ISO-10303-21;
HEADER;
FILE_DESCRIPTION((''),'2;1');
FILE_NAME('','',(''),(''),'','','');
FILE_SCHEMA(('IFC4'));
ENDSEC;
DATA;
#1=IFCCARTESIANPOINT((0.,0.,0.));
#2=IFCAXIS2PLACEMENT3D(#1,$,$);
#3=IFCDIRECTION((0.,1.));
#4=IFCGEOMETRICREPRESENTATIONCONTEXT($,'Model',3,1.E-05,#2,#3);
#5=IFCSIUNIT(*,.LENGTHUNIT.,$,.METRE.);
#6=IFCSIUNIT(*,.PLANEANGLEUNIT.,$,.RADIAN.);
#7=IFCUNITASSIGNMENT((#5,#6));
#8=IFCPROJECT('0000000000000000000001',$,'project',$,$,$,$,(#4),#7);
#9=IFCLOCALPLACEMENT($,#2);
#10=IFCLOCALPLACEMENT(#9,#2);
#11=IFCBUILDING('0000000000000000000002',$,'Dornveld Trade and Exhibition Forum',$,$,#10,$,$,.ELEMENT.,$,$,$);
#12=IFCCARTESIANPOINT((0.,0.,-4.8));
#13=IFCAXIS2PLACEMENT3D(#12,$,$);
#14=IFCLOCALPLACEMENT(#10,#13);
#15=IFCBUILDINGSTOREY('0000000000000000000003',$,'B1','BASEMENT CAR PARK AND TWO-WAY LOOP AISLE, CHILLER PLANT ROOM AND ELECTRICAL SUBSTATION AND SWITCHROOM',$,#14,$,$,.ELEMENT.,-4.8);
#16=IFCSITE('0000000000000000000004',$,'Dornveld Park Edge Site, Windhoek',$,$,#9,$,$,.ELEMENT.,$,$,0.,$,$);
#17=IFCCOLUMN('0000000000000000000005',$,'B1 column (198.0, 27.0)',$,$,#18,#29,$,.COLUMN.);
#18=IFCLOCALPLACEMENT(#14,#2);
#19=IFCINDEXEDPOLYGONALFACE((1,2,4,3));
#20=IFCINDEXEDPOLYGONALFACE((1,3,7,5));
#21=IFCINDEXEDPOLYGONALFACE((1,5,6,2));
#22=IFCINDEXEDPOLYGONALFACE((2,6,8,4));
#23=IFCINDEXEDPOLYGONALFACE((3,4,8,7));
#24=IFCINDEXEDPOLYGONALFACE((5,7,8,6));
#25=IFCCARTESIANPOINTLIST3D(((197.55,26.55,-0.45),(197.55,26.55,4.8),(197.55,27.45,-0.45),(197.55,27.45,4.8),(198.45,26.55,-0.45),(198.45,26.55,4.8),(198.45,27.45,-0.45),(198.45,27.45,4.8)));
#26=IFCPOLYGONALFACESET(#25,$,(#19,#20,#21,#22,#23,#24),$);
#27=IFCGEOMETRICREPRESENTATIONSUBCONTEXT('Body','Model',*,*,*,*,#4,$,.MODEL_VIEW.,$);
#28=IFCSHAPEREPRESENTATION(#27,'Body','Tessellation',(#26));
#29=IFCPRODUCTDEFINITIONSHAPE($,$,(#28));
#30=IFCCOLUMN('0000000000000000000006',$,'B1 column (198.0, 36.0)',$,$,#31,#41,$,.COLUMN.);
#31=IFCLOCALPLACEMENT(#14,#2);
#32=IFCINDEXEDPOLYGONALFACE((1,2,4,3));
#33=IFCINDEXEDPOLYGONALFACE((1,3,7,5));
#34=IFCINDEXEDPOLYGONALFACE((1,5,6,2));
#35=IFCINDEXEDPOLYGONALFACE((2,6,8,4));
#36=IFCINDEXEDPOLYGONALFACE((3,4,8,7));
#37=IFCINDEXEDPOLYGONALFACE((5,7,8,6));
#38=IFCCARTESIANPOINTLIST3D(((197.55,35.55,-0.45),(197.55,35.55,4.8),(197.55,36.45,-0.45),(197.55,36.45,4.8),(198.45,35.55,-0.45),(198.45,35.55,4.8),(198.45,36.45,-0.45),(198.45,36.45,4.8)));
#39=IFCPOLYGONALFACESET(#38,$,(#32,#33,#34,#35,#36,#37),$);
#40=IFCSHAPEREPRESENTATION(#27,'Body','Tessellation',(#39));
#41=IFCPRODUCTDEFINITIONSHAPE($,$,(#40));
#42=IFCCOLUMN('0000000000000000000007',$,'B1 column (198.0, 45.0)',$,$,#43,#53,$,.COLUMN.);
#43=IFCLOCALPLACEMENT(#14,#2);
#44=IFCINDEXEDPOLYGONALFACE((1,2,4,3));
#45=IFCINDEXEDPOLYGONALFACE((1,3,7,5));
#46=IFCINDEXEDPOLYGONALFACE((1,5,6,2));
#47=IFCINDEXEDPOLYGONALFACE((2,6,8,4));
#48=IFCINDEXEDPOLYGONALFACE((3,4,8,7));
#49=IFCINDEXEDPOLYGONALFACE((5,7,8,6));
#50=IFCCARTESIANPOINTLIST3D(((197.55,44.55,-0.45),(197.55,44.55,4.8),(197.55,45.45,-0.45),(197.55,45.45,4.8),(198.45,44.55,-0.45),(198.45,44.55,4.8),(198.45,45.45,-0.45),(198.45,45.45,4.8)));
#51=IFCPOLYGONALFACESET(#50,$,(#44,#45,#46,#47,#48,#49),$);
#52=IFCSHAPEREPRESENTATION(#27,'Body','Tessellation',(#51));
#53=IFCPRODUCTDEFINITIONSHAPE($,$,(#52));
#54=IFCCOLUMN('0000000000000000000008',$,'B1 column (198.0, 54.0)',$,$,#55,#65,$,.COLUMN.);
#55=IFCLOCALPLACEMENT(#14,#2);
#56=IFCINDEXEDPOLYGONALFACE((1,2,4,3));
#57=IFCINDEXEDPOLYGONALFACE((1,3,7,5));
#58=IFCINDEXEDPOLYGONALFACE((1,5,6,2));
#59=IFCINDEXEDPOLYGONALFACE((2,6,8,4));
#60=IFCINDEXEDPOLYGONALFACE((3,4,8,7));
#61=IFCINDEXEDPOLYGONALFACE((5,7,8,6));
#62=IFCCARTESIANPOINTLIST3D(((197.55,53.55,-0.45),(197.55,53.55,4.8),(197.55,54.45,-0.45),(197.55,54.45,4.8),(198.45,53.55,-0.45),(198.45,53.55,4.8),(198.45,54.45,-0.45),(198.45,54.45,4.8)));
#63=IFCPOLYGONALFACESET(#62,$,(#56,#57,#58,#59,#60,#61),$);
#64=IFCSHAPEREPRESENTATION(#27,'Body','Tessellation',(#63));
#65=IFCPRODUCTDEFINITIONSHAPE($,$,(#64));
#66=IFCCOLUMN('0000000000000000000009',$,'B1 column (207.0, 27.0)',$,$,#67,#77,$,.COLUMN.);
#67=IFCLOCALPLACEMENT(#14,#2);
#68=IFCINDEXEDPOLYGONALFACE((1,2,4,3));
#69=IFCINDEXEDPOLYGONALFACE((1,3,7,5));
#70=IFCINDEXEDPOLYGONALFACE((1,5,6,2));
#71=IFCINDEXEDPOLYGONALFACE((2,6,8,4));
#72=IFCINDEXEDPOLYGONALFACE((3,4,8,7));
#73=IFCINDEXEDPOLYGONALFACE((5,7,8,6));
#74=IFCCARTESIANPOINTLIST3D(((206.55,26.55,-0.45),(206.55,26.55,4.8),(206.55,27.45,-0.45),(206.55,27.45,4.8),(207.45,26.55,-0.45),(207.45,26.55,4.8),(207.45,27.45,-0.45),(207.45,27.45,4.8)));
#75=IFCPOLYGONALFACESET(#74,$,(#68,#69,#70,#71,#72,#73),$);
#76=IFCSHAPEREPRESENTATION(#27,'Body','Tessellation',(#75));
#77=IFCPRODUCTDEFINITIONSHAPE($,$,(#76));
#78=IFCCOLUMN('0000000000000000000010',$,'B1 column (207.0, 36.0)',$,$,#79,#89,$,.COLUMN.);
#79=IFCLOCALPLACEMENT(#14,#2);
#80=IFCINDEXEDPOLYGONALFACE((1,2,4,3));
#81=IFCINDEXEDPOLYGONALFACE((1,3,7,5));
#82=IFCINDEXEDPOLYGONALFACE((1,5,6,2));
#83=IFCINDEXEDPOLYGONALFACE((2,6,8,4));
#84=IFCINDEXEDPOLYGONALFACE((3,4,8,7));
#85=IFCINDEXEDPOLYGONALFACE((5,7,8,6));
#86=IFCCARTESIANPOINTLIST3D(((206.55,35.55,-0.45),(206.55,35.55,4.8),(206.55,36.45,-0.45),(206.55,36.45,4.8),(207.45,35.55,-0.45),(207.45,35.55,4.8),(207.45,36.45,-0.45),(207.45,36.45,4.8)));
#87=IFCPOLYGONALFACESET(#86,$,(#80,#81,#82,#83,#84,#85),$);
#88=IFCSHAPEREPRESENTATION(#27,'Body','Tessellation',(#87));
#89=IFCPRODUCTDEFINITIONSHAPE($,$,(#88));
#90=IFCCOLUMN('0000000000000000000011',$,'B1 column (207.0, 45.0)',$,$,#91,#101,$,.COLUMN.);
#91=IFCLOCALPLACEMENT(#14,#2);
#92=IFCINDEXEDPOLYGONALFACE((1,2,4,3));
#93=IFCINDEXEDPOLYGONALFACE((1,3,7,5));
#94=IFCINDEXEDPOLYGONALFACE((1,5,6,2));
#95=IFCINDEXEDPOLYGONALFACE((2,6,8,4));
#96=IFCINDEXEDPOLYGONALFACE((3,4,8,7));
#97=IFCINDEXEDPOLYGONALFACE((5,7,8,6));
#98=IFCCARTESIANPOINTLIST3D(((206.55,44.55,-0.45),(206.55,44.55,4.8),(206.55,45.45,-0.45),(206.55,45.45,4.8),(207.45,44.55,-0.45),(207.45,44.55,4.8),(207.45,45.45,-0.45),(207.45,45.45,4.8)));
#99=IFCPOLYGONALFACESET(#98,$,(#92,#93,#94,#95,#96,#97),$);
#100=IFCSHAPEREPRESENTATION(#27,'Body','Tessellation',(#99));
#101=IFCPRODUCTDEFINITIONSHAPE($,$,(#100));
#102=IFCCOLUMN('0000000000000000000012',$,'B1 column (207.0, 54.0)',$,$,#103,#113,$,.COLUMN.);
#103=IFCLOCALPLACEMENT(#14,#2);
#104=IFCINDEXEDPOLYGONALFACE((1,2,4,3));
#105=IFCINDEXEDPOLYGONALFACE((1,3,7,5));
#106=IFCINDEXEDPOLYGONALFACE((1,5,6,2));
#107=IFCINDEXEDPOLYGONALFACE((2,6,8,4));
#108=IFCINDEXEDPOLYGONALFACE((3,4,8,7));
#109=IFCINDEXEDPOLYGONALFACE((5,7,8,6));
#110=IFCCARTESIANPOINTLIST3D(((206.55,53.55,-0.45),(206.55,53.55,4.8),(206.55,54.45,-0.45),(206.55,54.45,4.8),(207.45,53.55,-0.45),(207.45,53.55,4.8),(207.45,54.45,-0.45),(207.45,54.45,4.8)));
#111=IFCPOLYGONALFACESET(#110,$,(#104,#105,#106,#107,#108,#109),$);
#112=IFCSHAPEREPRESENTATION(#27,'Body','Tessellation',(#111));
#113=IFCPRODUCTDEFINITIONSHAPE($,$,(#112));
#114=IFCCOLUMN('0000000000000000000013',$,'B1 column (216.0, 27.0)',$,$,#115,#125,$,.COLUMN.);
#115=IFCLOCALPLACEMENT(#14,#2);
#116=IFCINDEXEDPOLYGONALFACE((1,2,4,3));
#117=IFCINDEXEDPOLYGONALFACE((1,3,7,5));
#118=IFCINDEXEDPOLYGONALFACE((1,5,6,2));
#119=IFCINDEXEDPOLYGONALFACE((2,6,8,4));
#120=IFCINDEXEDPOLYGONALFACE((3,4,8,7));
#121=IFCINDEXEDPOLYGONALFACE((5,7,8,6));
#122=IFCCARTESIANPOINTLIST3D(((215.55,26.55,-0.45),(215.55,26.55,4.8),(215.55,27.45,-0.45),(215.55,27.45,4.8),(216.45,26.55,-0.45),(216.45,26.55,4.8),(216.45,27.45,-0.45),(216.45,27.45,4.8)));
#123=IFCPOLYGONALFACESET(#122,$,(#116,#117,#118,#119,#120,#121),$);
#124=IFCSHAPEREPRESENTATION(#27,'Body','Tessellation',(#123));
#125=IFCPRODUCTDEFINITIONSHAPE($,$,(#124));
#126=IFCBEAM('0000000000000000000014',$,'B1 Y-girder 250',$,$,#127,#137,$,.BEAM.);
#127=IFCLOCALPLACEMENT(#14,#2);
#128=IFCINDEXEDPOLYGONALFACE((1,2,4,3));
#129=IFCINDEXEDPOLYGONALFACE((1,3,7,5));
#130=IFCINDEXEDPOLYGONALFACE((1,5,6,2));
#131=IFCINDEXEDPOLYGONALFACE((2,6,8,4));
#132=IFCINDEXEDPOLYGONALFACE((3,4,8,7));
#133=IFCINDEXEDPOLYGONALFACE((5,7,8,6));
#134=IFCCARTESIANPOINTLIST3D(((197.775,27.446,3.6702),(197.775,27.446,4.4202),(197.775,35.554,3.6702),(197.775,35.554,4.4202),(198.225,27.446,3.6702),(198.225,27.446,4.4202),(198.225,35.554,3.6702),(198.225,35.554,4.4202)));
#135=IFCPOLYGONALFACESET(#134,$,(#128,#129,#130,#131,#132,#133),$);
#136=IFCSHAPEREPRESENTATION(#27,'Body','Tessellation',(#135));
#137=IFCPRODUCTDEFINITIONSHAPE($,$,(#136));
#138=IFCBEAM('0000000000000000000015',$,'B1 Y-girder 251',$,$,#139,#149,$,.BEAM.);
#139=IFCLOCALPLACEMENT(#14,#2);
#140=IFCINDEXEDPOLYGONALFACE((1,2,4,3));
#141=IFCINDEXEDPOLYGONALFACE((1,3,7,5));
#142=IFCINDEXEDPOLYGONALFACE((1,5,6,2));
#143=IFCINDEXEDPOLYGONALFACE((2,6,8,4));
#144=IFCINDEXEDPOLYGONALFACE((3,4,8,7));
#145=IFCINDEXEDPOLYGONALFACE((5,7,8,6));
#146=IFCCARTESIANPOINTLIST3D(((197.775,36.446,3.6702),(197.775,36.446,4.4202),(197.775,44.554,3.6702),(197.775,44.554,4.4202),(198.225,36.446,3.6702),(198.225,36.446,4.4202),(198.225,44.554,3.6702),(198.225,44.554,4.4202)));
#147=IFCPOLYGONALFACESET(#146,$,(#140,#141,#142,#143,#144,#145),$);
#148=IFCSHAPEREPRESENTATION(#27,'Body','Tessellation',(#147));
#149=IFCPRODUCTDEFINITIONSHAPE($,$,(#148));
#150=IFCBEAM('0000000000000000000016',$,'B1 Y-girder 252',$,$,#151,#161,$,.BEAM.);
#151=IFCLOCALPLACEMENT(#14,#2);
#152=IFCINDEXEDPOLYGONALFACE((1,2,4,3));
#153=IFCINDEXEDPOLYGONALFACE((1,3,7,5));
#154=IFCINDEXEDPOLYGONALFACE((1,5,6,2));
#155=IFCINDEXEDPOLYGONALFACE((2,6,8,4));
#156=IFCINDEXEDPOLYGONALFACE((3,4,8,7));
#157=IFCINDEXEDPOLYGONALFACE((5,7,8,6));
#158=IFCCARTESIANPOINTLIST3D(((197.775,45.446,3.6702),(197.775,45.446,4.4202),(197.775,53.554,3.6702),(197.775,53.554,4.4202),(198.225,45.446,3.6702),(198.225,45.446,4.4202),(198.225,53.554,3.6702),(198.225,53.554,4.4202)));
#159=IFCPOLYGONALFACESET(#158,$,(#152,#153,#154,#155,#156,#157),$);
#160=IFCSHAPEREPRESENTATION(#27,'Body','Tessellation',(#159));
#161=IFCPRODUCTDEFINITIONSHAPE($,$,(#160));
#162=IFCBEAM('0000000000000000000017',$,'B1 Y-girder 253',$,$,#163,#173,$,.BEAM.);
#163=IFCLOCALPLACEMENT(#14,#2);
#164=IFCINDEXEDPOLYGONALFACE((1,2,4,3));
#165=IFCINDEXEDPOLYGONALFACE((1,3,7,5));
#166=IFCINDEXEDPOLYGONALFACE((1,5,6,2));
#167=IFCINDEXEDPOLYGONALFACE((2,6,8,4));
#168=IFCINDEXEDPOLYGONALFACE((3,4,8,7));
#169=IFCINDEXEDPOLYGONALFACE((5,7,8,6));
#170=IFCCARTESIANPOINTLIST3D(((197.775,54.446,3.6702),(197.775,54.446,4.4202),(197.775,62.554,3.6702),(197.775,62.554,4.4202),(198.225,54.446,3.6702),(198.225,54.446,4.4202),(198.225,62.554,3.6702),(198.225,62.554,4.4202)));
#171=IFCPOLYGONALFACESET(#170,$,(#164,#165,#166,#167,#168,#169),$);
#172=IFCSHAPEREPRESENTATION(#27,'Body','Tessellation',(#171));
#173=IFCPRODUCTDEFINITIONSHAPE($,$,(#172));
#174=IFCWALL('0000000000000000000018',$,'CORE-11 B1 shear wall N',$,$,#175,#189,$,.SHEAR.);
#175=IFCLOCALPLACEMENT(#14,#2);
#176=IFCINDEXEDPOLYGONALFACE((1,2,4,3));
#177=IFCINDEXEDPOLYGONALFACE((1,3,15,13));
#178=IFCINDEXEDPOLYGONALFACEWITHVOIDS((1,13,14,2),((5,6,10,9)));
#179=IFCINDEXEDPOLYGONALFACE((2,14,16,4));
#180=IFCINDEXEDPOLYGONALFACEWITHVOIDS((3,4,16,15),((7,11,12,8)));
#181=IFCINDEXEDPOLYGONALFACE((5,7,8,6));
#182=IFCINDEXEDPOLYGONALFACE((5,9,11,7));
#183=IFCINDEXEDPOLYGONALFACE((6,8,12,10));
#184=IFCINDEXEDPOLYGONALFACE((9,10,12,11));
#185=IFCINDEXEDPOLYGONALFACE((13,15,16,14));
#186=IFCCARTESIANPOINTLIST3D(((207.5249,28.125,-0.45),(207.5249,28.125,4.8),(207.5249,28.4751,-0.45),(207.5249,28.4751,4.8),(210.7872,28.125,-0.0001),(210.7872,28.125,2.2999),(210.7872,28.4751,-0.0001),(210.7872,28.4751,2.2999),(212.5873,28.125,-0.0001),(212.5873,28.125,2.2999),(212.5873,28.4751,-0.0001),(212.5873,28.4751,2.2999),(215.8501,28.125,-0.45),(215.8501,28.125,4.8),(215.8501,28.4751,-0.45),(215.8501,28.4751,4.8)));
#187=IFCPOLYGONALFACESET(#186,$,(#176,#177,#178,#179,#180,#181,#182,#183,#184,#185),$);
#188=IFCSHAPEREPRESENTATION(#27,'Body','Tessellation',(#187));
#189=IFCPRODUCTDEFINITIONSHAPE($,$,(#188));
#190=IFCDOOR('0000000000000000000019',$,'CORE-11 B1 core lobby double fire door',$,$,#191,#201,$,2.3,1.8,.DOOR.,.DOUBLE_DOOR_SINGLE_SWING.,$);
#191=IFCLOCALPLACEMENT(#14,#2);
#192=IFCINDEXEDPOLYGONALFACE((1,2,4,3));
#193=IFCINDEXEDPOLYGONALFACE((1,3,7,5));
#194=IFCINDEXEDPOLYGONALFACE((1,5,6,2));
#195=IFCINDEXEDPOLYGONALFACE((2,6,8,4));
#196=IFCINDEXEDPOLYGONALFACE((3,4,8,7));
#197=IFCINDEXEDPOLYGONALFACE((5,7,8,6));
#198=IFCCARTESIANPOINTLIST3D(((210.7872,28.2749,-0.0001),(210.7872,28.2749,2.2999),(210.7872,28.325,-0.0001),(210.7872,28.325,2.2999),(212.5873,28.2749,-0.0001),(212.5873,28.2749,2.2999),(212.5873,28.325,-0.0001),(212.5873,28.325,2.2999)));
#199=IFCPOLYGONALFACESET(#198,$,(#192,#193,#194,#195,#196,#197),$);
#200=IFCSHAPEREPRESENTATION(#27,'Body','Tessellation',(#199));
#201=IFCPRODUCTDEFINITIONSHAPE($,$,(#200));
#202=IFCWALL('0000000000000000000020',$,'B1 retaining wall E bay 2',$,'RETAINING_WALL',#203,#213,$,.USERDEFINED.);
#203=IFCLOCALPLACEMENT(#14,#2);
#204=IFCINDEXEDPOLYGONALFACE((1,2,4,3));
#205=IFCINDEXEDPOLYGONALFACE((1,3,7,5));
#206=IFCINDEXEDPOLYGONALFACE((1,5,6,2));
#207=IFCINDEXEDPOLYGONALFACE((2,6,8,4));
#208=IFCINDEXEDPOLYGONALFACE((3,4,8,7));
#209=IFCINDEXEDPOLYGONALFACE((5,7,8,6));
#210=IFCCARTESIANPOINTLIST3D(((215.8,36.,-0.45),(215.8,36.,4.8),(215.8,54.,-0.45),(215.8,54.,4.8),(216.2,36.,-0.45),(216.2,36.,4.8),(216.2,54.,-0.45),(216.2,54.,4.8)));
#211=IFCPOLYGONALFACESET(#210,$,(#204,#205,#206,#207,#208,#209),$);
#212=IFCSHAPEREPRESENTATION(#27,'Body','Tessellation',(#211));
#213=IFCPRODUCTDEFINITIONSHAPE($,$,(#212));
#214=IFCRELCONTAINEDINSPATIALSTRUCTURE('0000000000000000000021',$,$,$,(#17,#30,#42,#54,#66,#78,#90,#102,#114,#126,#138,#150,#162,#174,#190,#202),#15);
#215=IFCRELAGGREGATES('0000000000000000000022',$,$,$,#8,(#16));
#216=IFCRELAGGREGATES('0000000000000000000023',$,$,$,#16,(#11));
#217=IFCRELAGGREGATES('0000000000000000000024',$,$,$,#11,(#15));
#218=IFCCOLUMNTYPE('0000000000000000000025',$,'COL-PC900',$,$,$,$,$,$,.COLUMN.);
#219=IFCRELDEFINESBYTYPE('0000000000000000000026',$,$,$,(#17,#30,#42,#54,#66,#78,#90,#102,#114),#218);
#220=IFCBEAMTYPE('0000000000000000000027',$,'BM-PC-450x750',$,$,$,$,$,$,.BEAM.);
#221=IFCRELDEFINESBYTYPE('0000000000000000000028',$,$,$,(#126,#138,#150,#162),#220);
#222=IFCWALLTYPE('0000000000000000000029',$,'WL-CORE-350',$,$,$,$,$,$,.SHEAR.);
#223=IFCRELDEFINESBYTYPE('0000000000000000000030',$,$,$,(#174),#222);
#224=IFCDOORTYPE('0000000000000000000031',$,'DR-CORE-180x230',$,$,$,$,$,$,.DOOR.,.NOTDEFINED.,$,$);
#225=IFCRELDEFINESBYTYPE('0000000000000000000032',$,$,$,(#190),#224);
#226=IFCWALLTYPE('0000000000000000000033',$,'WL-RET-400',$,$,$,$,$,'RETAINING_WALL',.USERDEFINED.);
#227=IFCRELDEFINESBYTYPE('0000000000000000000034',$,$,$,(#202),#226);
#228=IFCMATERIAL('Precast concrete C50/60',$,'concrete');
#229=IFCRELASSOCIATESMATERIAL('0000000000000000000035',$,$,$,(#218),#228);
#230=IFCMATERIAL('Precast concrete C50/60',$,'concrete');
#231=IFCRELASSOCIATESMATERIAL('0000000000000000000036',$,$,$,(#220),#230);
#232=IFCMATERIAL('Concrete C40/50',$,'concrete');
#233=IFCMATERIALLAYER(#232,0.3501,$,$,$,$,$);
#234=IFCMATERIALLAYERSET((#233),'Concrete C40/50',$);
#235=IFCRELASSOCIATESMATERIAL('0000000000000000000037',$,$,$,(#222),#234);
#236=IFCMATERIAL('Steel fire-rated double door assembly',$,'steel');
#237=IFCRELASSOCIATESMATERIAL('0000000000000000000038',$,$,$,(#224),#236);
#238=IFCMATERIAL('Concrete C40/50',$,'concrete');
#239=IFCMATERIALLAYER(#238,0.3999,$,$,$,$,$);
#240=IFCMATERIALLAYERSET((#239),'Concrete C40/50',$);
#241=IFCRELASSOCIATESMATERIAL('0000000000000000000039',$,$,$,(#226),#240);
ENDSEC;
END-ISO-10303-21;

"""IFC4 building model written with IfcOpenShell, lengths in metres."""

from ifc_helpers import new_model, si_unit, direction, frame, frame_2d, origin, origin_2d, place, context, subcontext, project, spatial, rectangle, extrude, material, layer, layer_set, material_profile, profile_set, type_object, element, fill, save


model = new_model("IFC4")

# Units and contexts
model_context = context("Model", 3, precision=1e-05, world=origin(), true_north=direction((0.0, 1.0)))
body_context = subcontext(model_context, "Body", "Model", "MODEL_VIEW")
ifc_project = project(units=[si_unit("LENGTHUNIT", "METRE"), si_unit("PLANEANGLEUNIT", "RADIAN")], contexts=[model_context])

# Site, building, storey
site_placement = place(None, origin())
site = spatial("IfcSite", under=ifc_project, at=site_placement, Name="Dornveld Park Edge Site, Windhoek", CompositionType="ELEMENT", RefElevation=0.0)
building_placement = place(site_placement, origin())
building = spatial("IfcBuilding", under=site, at=building_placement, Name="Dornveld Trade and Exhibition Forum", CompositionType="ELEMENT")
storey_placement = place(building_placement, frame((0.0, 0.0, -4.8)))
storey = spatial("IfcBuildingStorey", under=building, at=storey_placement, Name="B1", Description="BASEMENT CAR PARK AND TWO-WAY LOOP AISLE, CHILLER PLANT ROOM AND ELECTRICAL SUBSTATION AND SWITCHROOM", CompositionType="ELEMENT", Elevation=-4.8)

# Columns
ifc_material_1 = material(Name="Precast concrete C50/60", Category="concrete")
ifc_material_profile_1 = material_profile(ifc_material_1, rectangle(XDim=0.8999, YDim=0.8999, at=origin_2d()), Name="PC-COL 900x900")
ifc_profile_set_1 = profile_set([ifc_material_profile_1], Name="Precast concrete C50/60")
column_type_1 = type_object("IfcColumnType", Name="COL-PC900", PredefinedType="COLUMN", material=ifc_profile_set_1)
for number, where, z_axis, x_axis, name in (
    (1, (198.0, 27.0, -0.45), (0.0, 0.0, 1.0), (1.0, 0.0, 0.0), "B1 column (198.0, 27.0)"),
    (2, (198.0, 36.0, -0.45), (0.0, 0.0, 1.0), (1.0, 0.0, 0.0), "B1 column (198.0, 36.0)"),
    (3, (198.0, 45.0, -0.45), (0.0, 0.0, 1.0), (1.0, 0.0, 0.0), "B1 column (198.0, 45.0)"),
    (4, (198.0, 54.0, -0.45), (0.0, 0.0, 1.0), (1.0, 0.0, 0.0), "B1 column (198.0, 54.0)"),
    (5, (207.0, 27.0, -0.45), (0.0, 0.0, 1.0), (1.0, 0.0, 0.0), "B1 column (207.0, 27.0)"),
    (6, (207.0, 36.0, -0.45), (0.0, 0.0, 1.0), (1.0, 0.0, 0.0), "B1 column (207.0, 36.0)"),
    (7, (207.0, 45.0, -0.45), (0.0, 0.0, 1.0), (1.0, 0.0, 0.0), "B1 column (207.0, 45.0)"),
    (8, (207.0, 54.0, -0.45), (0.0, 0.0, 1.0), (1.0, 0.0, 0.0), "B1 column (207.0, 54.0)"),
    (9, (216.0, 27.0, -0.45), (0.0, 0.0, 1.0), (1.0, 0.0, 0.0), "B1 column (216.0, 27.0)"),
):
    element("IfcColumn", number, at=place(storey_placement, frame(where, z_axis=z_axis, x_axis=x_axis)), inside=storey, type_object=column_type_1, Name=name, PredefinedType="COLUMN", context=body_context, shape_type="SweptSolid", body=[
        extrude(rectangle(XDim=0.8999, YDim=0.8999, at=origin_2d()), origin(), (0.0, 0.0, 1.0), 5.25),
    ])

# Beams
ifc_material_2 = material(Name="Precast concrete C50/60", Category="concrete")
ifc_material_profile_2 = material_profile(ifc_material_2, rectangle(XDim=0.45, YDim=0.75, at=origin_2d()), Name="PC-BM 450x750")
ifc_profile_set_2 = profile_set([ifc_material_profile_2], Name="Precast concrete C50/60")
beam_type = type_object("IfcBeamType", Name="BM-PC-450x750", PredefinedType="BEAM", material=ifc_profile_set_2)
for number, where, z_axis, x_axis, name in (
    (10, (198.0, 27.446, 4.0452), (0.0, 1.0, 0.0), (-1.0, 0.0, 0.0), "B1 Y-girder 250"),
    (11, (198.0, 36.446, 4.0452), (0.0, 1.0, 0.0), (-1.0, 0.0, 0.0), "B1 Y-girder 251"),
    (12, (198.0, 45.446, 4.0452), (0.0, 1.0, 0.0), (-1.0, 0.0, 0.0), "B1 Y-girder 252"),
    (13, (198.0, 54.446, 4.0452), (0.0, 1.0, 0.0), (-1.0, 0.0, 0.0), "B1 Y-girder 253"),
):
    element("IfcBeam", number, at=place(storey_placement, frame(where, z_axis=z_axis, x_axis=x_axis)), inside=storey, type_object=beam_type, Name=name, PredefinedType="BEAM", context=body_context, shape_type="SweptSolid", body=[
        extrude(rectangle(XDim=0.45, YDim=0.75, at=origin_2d()), origin(), (0.0, 0.0, 1.0), 8.1079),
    ])

# Wall, opening, door
ifc_material_3 = material(Name="Concrete C40/50", Category="concrete")
ifc_layer_1 = layer(ifc_material_3, 0.3501)
ifc_layer_set_1 = layer_set([ifc_layer_1], Name="Concrete C40/50")
wall_type_1 = type_object("IfcWallType", Name="WL-CORE-350", PredefinedType="SHEAR", material=ifc_layer_set_1)
wall_1_placement = place(storey_placement, frame((207.5249, 28.3, -0.45), z_axis=(0.0, 0.0, 1.0), x_axis=(1.0, 0.0, 0.0)))
wall_1 = element("IfcWall", 14, at=wall_1_placement, inside=storey, type_object=wall_type_1, Name="CORE-11 B1 shear wall N", PredefinedType="SHEAR", context=body_context, shape_type="SweptSolid", body=[
    extrude(rectangle(XDim=8.3252, YDim=0.3501, at=frame_2d((4.1626, 0.0))), origin(), (0.0, 0.0, 1.0), 5.25),
])
opening_placement = place(wall_1_placement, frame((3.2625, 0.0, 0.45)))
opening = element("IfcOpeningElement", 15, at=opening_placement, cuts=wall_1, PredefinedType="OPENING", context=body_context, shape_type="SweptSolid", body=[
    extrude(rectangle(XDim=1.8, YDim=2.3, at=frame_2d((0.8999, 1.1499))), frame((0.0, 0.1851, 0.0), z_axis=(0.0, -1.0, 0.0), x_axis=(1.0, 0.0, 0.0)), (0.0, 0.0, 1.0), 0.3701),
])
ifc_material_4 = material(Name="Steel fire-rated double door assembly", Category="steel")
door_type = type_object("IfcDoorType", Name="DR-CORE-180x230", OperationType="NOTDEFINED", PredefinedType="DOOR", material=ifc_material_4)
door_placement = place(opening_placement, origin())
door = element("IfcDoor", 16, at=door_placement, inside=storey, type_object=door_type, Name="CORE-11 B1 core lobby double fire door", OperationType="DOUBLE_DOOR_SINGLE_SWING", OverallHeight=2.3, OverallWidth=1.8, PredefinedType="DOOR", context=body_context, shape_type="SweptSolid", body=[
    extrude(rectangle(XDim=1.8, YDim=2.3, at=frame_2d((0.8999, 1.1499))), frame((0.0, 0.0249, 0.0), z_axis=(0.0, -1.0, 0.0), x_axis=(1.0, 0.0, 0.0)), (0.0, 0.0, 1.0), 0.05),
])
fill(opening, door)

# Wall
ifc_material_5 = material(Name="Concrete C40/50", Category="concrete")
ifc_layer_2 = layer(ifc_material_5, 0.3999)
ifc_layer_set_2 = layer_set([ifc_layer_2], Name="Concrete C40/50")
wall_type_2 = type_object("IfcWallType", Name="WL-RET-400", ElementType="RETAINING_WALL", PredefinedType="USERDEFINED", material=ifc_layer_set_2)
wall_2_placement = place(storey_placement, frame((216.0, 36.0, -0.45), z_axis=(0.0, 0.0, 1.0), x_axis=(0.0, 1.0, 0.0)))
element("IfcWall", 17, at=wall_2_placement, inside=storey, type_object=wall_type_2, Name="B1 retaining wall E bay 2", ObjectType="RETAINING_WALL", PredefinedType="USERDEFINED", context=body_context, shape_type="SweptSolid", body=[
    extrude(rectangle(XDim=18.0, YDim=0.3999, at=frame_2d((9.0, 0.0))), origin(), (0.0, 0.0, 1.0), 5.25),
])

save(model, "model.ifc")
